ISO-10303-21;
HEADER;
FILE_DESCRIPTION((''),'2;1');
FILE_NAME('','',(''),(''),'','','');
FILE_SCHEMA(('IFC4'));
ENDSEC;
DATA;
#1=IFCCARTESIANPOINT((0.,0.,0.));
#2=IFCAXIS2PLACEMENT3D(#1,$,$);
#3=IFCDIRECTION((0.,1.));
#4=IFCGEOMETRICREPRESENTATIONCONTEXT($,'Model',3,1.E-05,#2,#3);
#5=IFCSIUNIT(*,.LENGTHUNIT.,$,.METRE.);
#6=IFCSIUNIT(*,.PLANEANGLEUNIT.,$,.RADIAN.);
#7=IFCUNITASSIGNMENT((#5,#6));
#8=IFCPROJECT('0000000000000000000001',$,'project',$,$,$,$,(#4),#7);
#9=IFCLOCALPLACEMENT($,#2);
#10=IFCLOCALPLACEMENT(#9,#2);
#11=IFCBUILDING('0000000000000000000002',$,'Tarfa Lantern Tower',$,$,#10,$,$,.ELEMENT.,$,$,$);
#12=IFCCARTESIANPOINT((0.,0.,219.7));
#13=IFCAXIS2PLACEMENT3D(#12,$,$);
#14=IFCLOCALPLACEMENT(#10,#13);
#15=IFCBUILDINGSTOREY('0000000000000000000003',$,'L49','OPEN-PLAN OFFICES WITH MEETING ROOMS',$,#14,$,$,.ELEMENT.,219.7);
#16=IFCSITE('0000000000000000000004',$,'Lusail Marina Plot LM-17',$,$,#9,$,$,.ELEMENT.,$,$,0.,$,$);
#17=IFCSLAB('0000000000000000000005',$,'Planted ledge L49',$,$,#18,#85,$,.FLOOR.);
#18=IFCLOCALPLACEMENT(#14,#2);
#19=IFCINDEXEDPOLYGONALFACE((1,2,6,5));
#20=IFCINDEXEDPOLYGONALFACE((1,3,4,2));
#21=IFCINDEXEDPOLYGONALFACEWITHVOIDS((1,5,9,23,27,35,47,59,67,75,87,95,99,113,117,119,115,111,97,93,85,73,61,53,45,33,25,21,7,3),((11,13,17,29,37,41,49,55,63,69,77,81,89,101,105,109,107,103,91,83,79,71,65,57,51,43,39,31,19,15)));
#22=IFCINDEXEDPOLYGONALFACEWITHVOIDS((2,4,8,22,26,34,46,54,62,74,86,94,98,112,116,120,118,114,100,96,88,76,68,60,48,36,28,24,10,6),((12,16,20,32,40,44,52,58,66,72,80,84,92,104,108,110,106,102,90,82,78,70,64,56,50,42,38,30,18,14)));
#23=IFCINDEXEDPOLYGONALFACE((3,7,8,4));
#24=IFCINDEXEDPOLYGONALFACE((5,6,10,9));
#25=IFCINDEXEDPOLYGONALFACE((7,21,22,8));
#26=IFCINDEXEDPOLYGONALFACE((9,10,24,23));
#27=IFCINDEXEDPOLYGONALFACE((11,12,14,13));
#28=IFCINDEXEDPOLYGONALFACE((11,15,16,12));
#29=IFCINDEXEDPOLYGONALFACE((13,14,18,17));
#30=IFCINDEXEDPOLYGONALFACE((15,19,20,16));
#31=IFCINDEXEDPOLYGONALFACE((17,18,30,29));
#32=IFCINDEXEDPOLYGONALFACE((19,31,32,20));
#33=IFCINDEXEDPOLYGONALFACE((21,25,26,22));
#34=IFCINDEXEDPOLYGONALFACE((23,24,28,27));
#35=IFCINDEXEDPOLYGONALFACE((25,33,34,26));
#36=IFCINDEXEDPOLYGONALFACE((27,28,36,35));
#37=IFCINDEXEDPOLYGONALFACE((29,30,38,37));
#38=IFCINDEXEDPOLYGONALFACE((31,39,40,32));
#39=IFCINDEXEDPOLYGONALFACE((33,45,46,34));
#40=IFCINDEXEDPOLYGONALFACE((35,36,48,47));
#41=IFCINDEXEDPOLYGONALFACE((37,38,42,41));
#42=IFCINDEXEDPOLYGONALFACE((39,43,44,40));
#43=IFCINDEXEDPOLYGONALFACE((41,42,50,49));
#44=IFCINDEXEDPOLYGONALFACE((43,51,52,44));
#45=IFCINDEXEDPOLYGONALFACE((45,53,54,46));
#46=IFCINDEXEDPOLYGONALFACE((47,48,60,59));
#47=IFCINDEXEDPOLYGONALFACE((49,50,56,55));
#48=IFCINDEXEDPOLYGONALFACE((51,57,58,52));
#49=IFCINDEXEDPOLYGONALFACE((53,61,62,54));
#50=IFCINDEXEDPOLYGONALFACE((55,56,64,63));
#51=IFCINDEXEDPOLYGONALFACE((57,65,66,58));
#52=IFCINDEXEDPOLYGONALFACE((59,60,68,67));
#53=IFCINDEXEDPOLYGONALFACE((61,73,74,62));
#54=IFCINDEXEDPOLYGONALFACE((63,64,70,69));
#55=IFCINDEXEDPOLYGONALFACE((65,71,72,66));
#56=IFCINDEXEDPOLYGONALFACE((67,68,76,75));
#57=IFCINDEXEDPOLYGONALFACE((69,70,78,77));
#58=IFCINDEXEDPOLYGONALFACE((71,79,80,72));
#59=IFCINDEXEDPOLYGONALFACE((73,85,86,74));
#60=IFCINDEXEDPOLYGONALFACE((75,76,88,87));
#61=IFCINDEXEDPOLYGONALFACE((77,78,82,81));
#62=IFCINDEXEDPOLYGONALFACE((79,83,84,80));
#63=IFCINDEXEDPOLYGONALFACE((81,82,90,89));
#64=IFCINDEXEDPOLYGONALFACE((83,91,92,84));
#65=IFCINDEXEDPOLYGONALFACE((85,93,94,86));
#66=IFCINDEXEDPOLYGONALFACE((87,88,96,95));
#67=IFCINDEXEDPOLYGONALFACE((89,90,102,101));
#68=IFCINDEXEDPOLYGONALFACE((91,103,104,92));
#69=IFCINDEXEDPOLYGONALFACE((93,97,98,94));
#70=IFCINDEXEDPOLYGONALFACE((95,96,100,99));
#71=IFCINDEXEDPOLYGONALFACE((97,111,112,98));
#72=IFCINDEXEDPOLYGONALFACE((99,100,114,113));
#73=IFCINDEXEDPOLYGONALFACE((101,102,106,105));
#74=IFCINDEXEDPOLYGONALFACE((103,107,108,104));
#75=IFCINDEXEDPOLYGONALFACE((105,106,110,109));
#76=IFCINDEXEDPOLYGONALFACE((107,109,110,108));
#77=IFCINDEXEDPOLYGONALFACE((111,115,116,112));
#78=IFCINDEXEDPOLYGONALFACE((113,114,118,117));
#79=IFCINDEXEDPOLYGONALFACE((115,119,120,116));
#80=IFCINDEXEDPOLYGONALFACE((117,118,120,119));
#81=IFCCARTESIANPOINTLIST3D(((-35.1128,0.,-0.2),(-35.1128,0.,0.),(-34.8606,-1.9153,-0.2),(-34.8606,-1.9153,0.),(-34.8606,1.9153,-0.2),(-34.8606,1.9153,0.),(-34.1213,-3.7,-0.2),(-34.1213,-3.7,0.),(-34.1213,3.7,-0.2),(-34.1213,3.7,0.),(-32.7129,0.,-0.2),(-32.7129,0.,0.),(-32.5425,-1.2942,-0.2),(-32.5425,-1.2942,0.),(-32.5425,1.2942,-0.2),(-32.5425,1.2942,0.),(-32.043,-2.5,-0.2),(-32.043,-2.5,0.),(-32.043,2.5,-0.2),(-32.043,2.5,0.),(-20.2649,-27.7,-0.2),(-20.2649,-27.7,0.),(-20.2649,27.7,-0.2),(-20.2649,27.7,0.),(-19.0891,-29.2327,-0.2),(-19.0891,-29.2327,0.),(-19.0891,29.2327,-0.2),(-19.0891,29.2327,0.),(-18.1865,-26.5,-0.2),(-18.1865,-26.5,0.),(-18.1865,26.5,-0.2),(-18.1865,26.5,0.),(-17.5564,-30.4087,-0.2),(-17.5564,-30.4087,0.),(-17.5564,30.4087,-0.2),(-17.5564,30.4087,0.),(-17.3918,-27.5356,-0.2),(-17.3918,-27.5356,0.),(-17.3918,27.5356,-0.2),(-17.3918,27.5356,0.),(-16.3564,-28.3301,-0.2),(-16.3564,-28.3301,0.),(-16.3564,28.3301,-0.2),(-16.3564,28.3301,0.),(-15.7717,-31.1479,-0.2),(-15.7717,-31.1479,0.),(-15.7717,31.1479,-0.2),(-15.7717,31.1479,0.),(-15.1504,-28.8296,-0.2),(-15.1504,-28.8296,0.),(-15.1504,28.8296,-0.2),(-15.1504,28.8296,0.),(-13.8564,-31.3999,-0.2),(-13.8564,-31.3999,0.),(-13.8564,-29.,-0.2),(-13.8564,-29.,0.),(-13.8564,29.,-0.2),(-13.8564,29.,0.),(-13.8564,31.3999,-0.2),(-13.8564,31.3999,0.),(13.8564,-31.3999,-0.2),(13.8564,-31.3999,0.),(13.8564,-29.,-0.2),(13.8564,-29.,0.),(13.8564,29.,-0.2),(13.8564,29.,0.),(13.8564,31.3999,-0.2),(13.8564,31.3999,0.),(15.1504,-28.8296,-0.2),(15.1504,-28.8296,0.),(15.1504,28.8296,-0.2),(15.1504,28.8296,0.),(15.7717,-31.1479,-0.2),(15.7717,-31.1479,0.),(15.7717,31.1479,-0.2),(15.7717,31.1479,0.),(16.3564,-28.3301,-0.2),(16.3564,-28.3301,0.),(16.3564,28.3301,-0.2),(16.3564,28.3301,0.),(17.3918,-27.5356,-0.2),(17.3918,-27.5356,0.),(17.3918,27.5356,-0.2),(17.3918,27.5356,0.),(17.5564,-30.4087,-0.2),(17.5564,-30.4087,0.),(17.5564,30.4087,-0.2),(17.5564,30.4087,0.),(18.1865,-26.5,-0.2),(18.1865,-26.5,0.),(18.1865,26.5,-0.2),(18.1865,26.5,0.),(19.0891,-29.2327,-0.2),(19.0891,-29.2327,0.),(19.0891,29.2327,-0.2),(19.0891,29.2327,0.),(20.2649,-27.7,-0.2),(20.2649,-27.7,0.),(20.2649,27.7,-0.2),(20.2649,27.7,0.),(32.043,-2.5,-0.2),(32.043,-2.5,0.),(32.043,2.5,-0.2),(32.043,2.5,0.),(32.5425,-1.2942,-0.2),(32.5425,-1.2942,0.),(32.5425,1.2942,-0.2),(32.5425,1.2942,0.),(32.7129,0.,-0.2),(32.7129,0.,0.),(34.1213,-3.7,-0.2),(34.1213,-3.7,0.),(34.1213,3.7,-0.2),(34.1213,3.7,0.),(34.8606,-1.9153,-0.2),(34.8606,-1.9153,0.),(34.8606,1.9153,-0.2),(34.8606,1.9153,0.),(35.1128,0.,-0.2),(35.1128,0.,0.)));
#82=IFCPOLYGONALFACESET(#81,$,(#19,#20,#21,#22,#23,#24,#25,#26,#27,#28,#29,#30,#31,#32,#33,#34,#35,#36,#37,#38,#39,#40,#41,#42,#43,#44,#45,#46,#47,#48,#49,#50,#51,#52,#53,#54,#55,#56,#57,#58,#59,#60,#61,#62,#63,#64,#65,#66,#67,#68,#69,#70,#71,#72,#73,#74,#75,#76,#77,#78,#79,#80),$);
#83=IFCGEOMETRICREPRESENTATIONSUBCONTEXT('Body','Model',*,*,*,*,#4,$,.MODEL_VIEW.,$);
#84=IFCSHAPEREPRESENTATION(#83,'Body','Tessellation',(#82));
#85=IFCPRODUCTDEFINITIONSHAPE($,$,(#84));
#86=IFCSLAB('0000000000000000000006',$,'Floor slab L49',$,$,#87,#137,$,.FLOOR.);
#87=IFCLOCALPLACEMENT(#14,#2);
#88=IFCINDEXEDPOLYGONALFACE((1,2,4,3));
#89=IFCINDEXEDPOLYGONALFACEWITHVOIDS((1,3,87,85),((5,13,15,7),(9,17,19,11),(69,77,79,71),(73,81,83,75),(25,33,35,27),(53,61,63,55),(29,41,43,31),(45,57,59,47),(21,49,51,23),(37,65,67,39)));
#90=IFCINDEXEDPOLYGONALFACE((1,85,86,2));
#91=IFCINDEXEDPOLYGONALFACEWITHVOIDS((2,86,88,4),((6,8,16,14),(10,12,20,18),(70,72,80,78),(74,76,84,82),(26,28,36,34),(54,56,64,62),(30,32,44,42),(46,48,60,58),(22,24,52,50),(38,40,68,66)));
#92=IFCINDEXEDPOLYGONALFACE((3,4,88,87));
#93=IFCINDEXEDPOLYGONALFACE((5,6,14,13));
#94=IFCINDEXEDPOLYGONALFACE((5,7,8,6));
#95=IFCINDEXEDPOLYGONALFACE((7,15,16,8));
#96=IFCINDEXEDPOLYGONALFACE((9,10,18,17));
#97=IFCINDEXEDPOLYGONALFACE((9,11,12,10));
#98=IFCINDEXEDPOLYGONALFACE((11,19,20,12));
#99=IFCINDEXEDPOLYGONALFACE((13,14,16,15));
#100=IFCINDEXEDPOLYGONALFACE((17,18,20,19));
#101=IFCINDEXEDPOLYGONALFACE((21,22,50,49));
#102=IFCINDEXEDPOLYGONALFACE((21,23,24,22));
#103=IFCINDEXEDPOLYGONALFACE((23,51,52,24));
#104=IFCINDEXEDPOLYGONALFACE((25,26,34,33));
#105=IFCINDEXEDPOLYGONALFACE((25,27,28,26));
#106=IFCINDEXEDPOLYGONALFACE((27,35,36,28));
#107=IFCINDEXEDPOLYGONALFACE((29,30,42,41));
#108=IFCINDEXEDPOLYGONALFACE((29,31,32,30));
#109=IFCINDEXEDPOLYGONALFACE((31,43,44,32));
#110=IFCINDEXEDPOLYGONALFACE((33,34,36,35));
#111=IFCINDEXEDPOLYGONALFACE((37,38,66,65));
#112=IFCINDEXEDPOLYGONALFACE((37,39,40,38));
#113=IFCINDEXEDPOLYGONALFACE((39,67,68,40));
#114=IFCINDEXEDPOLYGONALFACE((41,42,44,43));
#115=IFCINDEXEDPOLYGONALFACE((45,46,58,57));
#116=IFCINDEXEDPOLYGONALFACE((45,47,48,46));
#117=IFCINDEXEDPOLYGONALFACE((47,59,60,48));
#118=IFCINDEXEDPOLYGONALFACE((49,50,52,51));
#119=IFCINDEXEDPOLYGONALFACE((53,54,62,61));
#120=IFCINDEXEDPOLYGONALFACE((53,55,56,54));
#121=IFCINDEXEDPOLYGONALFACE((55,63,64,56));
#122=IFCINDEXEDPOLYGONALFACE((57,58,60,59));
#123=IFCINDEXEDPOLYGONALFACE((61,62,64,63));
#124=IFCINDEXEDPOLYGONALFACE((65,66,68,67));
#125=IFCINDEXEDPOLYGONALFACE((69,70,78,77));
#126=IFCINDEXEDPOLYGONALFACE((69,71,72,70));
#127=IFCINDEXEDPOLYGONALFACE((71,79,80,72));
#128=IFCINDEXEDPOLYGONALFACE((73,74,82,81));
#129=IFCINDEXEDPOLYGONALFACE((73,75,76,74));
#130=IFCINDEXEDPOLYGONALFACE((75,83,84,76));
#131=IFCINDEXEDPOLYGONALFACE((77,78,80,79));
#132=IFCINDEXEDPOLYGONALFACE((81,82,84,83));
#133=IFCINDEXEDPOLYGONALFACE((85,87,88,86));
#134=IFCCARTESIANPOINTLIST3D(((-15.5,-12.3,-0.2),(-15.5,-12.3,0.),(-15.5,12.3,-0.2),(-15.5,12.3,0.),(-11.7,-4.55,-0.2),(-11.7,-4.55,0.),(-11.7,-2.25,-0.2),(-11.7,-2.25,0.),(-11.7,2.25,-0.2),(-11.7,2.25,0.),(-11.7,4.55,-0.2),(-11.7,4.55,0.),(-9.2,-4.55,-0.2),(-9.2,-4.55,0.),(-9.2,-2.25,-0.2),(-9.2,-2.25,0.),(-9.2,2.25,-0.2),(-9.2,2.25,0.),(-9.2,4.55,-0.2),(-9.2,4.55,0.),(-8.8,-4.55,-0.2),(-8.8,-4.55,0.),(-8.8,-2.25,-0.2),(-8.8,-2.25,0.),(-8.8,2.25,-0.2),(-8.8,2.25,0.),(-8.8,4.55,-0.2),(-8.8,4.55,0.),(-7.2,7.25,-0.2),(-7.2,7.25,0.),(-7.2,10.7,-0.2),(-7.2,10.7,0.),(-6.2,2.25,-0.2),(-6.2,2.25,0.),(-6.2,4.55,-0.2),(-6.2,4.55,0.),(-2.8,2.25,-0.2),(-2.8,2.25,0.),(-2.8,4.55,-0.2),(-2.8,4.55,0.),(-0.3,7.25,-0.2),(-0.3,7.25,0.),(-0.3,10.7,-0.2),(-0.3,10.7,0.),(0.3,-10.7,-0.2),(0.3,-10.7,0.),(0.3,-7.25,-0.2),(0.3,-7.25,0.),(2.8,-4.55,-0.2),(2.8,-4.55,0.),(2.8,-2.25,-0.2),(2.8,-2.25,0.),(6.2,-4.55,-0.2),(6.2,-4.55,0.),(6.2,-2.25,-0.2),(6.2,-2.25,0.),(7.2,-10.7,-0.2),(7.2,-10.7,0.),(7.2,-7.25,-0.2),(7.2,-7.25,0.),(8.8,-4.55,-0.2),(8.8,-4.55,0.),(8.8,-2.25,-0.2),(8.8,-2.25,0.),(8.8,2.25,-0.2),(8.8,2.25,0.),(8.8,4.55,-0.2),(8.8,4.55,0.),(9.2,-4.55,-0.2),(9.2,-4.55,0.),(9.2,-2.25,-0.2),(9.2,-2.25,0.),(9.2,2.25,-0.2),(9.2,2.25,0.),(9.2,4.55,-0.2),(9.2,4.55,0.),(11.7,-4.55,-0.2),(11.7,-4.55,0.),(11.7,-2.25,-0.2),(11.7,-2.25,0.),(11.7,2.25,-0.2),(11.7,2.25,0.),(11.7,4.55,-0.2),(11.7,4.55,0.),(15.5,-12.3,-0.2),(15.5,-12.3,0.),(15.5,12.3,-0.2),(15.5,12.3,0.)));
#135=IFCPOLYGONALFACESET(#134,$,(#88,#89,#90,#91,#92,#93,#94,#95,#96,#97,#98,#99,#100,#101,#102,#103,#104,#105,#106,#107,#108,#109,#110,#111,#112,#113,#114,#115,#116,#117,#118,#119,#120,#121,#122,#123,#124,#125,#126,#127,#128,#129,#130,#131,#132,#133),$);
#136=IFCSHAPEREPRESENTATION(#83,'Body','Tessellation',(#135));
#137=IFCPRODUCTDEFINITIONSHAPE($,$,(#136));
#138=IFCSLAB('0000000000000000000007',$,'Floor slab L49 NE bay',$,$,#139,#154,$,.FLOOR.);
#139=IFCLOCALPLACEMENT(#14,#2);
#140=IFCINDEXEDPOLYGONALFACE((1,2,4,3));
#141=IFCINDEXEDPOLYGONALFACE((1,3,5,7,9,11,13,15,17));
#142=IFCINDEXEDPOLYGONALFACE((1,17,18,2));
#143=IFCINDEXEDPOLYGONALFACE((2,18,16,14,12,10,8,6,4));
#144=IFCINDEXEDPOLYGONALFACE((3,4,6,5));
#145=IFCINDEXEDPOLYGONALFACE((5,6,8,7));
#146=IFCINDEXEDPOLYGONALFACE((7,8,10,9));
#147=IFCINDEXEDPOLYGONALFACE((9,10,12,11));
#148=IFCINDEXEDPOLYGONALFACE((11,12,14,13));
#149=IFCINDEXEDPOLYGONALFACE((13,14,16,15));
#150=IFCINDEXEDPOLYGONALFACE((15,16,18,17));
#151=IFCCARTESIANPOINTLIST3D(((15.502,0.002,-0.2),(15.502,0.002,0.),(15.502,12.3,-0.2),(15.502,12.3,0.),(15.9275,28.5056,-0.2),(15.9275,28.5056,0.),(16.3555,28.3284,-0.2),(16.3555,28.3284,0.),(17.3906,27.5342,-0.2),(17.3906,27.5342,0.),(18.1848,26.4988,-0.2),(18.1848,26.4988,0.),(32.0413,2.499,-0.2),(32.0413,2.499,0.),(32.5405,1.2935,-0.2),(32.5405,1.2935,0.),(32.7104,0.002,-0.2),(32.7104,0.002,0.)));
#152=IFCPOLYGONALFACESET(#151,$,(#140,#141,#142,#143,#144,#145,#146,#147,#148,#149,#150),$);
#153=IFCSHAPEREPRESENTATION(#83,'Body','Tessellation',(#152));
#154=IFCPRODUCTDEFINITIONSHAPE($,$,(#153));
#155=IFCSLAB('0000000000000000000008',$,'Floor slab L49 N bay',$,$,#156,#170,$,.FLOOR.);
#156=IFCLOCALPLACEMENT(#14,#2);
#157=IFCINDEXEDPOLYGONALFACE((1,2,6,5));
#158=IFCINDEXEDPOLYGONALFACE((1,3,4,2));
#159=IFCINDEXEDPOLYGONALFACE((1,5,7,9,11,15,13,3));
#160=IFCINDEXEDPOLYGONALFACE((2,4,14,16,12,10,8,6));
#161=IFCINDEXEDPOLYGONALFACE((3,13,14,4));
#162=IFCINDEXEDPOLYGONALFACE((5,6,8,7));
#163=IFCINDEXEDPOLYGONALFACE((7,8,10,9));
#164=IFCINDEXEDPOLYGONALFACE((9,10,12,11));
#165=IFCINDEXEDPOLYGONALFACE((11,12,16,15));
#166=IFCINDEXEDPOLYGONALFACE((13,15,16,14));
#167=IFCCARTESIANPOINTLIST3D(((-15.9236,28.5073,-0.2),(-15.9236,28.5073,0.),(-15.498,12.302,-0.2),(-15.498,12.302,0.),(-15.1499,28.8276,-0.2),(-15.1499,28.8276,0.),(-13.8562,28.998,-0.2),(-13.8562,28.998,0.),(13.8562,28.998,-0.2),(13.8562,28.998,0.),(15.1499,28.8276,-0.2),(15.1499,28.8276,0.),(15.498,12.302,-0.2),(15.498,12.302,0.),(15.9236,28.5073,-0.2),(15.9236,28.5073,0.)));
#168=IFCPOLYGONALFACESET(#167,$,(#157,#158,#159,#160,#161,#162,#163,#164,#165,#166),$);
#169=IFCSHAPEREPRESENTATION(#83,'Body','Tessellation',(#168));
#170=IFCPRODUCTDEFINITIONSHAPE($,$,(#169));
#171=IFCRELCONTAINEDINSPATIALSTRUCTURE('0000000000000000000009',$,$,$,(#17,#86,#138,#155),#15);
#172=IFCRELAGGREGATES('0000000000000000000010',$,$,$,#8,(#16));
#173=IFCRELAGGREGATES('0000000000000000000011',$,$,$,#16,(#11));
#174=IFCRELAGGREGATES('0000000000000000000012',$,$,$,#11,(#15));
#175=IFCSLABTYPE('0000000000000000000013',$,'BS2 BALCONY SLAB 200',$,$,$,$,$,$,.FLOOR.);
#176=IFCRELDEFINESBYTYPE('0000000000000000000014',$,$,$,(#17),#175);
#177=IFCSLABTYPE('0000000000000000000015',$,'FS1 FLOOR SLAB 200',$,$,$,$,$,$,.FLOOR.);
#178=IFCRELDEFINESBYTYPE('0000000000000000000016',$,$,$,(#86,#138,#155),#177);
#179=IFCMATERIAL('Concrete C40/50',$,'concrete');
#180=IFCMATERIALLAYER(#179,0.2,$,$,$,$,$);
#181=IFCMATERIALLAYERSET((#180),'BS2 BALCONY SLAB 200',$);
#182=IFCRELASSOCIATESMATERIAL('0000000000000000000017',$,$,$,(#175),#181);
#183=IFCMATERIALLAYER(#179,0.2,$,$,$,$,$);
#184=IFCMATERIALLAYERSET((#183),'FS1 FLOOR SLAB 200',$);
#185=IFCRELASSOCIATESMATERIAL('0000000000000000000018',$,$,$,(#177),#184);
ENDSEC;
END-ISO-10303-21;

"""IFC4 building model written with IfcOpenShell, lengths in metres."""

from ifc_helpers import new_model, si_unit, direction, frame, origin, place, context, subcontext, project, spatial, polyline, outline, extrude, material, layer, layer_set, type_object, element, save


model = new_model("IFC4")

# Units and contexts
model_context = context("Model", 3, precision=1e-05, world=origin(), true_north=direction((0.0, 1.0)))
body_context = subcontext(model_context, "Body", "Model", "MODEL_VIEW")
ifc_project = project(units=[si_unit("LENGTHUNIT", "METRE"), si_unit("PLANEANGLEUNIT", "RADIAN")], contexts=[model_context])

# Site, building, storey
site_placement = place(None, origin())
site = spatial("IfcSite", under=ifc_project, at=site_placement, Name="Lusail Marina Plot LM-17", CompositionType="ELEMENT", RefElevation=0.0)
building_placement = place(site_placement, origin())
building = spatial("IfcBuilding", under=site, at=building_placement, Name="Tarfa Lantern Tower", CompositionType="ELEMENT")
storey_placement = place(building_placement, frame((0.0, 0.0, 219.7)))
storey = spatial("IfcBuildingStorey", under=building, at=storey_placement, Name="L49", Description="OPEN-PLAN OFFICES WITH MEETING ROOMS", CompositionType="ELEMENT", Elevation=219.7)

# Slabs
ifc_material_1 = material(Name="Concrete C40/50", Category="concrete")
ifc_layer_1 = layer(ifc_material_1, 0.2)
ifc_layer_set_1 = layer_set([ifc_layer_1], Name="BS2 BALCONY SLAB 200")
slab_type_1 = type_object("IfcSlabType", Name="BS2 BALCONY SLAB 200", PredefinedType="FLOOR", material=ifc_layer_set_1)
slab_1_placement = place(storey_placement, frame((0.0, 0.0, -0.2)))
element("IfcSlab", 1, at=slab_1_placement, inside=storey, type_object=slab_type_1, Name="Planted ledge L49", PredefinedType="FLOOR", context=body_context, shape_type="SweptSolid", body=[
    extrude(outline(polyline([(34.1213, 3.7), (20.2649, 27.7), (19.0891, 29.2327), (17.5564, 30.4087), (15.7717, 31.1479), (13.8564, 31.3999), (-13.8564, 31.3999), (-15.7717, 31.1479), (-17.5564, 30.4087), (-19.0891, 29.2327), (-20.2649, 27.7), (-34.1213, 3.7), (-34.8606, 1.9153), (-35.1128, 0.0), (-34.8606, -1.9153), (-34.1213, -3.7), (-20.2649, -27.7), (-19.0891, -29.2327), (-17.5564, -30.4087), (-15.7717, -31.1479), (-13.8564, -31.3999), (13.8564, -31.3999), (15.7717, -31.1479), (17.5564, -30.4087), (19.0891, -29.2327), (20.2649, -27.7), (34.1213, -3.7), (34.8606, -1.9153), (35.1128, 0.0), (34.8606, 1.9153), (34.1213, 3.7)]), holes=[polyline([(32.043, 2.5), (18.1865, 26.5), (17.3918, 27.5356), (16.3564, 28.3301), (15.1504, 28.8296), (13.8564, 29.0), (-13.8564, 29.0), (-15.1504, 28.8296), (-16.3564, 28.3301), (-17.3918, 27.5356), (-18.1865, 26.5), (-32.043, 2.5), (-32.5425, 1.2942), (-32.7129, 0.0), (-32.5425, -1.2942), (-32.043, -2.5), (-18.1865, -26.5), (-17.3918, -27.5356), (-16.3564, -28.3301), (-15.1504, -28.8296), (-13.8564, -29.0), (13.8564, -29.0), (15.1504, -28.8296), (16.3564, -28.3301), (17.3918, -27.5356), (18.1865, -26.5), (32.043, -2.5), (32.5425, -1.2942), (32.7129, 0.0), (32.5425, 1.2942), (32.043, 2.5)])]), origin(), (0.0, 0.0, 1.0), 0.2),
])
ifc_layer_2 = layer(ifc_material_1, 0.2)
ifc_layer_set_2 = layer_set([ifc_layer_2], Name="FS1 FLOOR SLAB 200")
slab_type_2 = type_object("IfcSlabType", Name="FS1 FLOOR SLAB 200", PredefinedType="FLOOR", material=ifc_layer_set_2)
slab_2_placement = place(storey_placement, frame((0.0, 0.0, -0.2)))
element("IfcSlab", 2, at=slab_2_placement, inside=storey, type_object=slab_type_2, Name="Floor slab L49", PredefinedType="FLOOR", context=body_context, shape_type="SweptSolid", body=[
    extrude(outline(polyline([(-15.5, -12.3), (15.5, -12.3), (15.5, 12.3), (-15.5, 12.3), (-15.5, -12.3)]), holes=[polyline([(-11.7, 2.25), (-9.2, 2.25), (-9.2, 4.55), (-11.7, 4.55), (-11.7, 2.25)]), polyline([(-8.8, 2.25), (-6.2, 2.25), (-6.2, 4.55), (-8.8, 4.55), (-8.8, 2.25)]), polyline([(-2.8, 2.25), (8.8, 2.25), (8.8, 4.55), (-2.8, 4.55), (-2.8, 2.25)]), polyline([(9.2, 2.25), (11.7, 2.25), (11.7, 4.55), (9.2, 4.55), (9.2, 2.25)]), polyline([(11.7, -2.25), (9.2, -2.25), (9.2, -4.55), (11.7, -4.55), (11.7, -2.25)]), polyline([(8.8, -2.25), (6.2, -2.25), (6.2, -4.55), (8.8, -4.55), (8.8, -2.25)]), polyline([(2.8, -2.25), (-8.8, -2.25), (-8.8, -4.55), (2.8, -4.55), (2.8, -2.25)]), polyline([(-9.2, -2.25), (-11.7, -2.25), (-11.7, -4.55), (-9.2, -4.55), (-9.2, -2.25)]), polyline([(-7.2, 7.25), (-0.3, 7.25), (-0.3, 10.7), (-7.2, 10.7), (-7.2, 7.25)]), polyline([(7.2, -7.25), (0.3, -7.25), (0.3, -10.7), (7.2, -10.7), (7.2, -7.25)])]), origin(), (0.0, 0.0, 1.0), 0.2),
])
slab_3_placement = place(storey_placement, frame((0.0, 0.0, -0.2)))
element("IfcSlab", 3, at=slab_3_placement, inside=storey, type_object=slab_type_2, Name="Floor slab L49 NE bay", PredefinedType="FLOOR", context=body_context, shape_type="SweptSolid", body=[
    extrude(outline(polyline([(32.0413, 2.499), (18.1848, 26.4988), (17.3906, 27.5342), (16.3555, 28.3284), (15.9275, 28.5056), (15.502, 12.3), (15.502, 0.002), (32.7104, 0.002), (32.5405, 1.2935), (32.0413, 2.499)])), origin(), (0.0, 0.0, 1.0), 0.2),
])
slab_4_placement = place(storey_placement, frame((0.0, 0.0, -0.2)))
element("IfcSlab", 4, at=slab_4_placement, inside=storey, type_object=slab_type_2, Name="Floor slab L49 N bay", PredefinedType="FLOOR", context=body_context, shape_type="SweptSolid", body=[
    extrude(outline(polyline([(-15.498, 12.302), (15.498, 12.302), (15.9236, 28.5073), (15.1499, 28.8276), (13.8562, 28.998), (-13.8562, 28.998), (-15.1499, 28.8276), (-15.9236, 28.5073), (-15.498, 12.302)])), origin(), (0.0, 0.0, 1.0), 0.2),
])

save(model, "model.ifc")
